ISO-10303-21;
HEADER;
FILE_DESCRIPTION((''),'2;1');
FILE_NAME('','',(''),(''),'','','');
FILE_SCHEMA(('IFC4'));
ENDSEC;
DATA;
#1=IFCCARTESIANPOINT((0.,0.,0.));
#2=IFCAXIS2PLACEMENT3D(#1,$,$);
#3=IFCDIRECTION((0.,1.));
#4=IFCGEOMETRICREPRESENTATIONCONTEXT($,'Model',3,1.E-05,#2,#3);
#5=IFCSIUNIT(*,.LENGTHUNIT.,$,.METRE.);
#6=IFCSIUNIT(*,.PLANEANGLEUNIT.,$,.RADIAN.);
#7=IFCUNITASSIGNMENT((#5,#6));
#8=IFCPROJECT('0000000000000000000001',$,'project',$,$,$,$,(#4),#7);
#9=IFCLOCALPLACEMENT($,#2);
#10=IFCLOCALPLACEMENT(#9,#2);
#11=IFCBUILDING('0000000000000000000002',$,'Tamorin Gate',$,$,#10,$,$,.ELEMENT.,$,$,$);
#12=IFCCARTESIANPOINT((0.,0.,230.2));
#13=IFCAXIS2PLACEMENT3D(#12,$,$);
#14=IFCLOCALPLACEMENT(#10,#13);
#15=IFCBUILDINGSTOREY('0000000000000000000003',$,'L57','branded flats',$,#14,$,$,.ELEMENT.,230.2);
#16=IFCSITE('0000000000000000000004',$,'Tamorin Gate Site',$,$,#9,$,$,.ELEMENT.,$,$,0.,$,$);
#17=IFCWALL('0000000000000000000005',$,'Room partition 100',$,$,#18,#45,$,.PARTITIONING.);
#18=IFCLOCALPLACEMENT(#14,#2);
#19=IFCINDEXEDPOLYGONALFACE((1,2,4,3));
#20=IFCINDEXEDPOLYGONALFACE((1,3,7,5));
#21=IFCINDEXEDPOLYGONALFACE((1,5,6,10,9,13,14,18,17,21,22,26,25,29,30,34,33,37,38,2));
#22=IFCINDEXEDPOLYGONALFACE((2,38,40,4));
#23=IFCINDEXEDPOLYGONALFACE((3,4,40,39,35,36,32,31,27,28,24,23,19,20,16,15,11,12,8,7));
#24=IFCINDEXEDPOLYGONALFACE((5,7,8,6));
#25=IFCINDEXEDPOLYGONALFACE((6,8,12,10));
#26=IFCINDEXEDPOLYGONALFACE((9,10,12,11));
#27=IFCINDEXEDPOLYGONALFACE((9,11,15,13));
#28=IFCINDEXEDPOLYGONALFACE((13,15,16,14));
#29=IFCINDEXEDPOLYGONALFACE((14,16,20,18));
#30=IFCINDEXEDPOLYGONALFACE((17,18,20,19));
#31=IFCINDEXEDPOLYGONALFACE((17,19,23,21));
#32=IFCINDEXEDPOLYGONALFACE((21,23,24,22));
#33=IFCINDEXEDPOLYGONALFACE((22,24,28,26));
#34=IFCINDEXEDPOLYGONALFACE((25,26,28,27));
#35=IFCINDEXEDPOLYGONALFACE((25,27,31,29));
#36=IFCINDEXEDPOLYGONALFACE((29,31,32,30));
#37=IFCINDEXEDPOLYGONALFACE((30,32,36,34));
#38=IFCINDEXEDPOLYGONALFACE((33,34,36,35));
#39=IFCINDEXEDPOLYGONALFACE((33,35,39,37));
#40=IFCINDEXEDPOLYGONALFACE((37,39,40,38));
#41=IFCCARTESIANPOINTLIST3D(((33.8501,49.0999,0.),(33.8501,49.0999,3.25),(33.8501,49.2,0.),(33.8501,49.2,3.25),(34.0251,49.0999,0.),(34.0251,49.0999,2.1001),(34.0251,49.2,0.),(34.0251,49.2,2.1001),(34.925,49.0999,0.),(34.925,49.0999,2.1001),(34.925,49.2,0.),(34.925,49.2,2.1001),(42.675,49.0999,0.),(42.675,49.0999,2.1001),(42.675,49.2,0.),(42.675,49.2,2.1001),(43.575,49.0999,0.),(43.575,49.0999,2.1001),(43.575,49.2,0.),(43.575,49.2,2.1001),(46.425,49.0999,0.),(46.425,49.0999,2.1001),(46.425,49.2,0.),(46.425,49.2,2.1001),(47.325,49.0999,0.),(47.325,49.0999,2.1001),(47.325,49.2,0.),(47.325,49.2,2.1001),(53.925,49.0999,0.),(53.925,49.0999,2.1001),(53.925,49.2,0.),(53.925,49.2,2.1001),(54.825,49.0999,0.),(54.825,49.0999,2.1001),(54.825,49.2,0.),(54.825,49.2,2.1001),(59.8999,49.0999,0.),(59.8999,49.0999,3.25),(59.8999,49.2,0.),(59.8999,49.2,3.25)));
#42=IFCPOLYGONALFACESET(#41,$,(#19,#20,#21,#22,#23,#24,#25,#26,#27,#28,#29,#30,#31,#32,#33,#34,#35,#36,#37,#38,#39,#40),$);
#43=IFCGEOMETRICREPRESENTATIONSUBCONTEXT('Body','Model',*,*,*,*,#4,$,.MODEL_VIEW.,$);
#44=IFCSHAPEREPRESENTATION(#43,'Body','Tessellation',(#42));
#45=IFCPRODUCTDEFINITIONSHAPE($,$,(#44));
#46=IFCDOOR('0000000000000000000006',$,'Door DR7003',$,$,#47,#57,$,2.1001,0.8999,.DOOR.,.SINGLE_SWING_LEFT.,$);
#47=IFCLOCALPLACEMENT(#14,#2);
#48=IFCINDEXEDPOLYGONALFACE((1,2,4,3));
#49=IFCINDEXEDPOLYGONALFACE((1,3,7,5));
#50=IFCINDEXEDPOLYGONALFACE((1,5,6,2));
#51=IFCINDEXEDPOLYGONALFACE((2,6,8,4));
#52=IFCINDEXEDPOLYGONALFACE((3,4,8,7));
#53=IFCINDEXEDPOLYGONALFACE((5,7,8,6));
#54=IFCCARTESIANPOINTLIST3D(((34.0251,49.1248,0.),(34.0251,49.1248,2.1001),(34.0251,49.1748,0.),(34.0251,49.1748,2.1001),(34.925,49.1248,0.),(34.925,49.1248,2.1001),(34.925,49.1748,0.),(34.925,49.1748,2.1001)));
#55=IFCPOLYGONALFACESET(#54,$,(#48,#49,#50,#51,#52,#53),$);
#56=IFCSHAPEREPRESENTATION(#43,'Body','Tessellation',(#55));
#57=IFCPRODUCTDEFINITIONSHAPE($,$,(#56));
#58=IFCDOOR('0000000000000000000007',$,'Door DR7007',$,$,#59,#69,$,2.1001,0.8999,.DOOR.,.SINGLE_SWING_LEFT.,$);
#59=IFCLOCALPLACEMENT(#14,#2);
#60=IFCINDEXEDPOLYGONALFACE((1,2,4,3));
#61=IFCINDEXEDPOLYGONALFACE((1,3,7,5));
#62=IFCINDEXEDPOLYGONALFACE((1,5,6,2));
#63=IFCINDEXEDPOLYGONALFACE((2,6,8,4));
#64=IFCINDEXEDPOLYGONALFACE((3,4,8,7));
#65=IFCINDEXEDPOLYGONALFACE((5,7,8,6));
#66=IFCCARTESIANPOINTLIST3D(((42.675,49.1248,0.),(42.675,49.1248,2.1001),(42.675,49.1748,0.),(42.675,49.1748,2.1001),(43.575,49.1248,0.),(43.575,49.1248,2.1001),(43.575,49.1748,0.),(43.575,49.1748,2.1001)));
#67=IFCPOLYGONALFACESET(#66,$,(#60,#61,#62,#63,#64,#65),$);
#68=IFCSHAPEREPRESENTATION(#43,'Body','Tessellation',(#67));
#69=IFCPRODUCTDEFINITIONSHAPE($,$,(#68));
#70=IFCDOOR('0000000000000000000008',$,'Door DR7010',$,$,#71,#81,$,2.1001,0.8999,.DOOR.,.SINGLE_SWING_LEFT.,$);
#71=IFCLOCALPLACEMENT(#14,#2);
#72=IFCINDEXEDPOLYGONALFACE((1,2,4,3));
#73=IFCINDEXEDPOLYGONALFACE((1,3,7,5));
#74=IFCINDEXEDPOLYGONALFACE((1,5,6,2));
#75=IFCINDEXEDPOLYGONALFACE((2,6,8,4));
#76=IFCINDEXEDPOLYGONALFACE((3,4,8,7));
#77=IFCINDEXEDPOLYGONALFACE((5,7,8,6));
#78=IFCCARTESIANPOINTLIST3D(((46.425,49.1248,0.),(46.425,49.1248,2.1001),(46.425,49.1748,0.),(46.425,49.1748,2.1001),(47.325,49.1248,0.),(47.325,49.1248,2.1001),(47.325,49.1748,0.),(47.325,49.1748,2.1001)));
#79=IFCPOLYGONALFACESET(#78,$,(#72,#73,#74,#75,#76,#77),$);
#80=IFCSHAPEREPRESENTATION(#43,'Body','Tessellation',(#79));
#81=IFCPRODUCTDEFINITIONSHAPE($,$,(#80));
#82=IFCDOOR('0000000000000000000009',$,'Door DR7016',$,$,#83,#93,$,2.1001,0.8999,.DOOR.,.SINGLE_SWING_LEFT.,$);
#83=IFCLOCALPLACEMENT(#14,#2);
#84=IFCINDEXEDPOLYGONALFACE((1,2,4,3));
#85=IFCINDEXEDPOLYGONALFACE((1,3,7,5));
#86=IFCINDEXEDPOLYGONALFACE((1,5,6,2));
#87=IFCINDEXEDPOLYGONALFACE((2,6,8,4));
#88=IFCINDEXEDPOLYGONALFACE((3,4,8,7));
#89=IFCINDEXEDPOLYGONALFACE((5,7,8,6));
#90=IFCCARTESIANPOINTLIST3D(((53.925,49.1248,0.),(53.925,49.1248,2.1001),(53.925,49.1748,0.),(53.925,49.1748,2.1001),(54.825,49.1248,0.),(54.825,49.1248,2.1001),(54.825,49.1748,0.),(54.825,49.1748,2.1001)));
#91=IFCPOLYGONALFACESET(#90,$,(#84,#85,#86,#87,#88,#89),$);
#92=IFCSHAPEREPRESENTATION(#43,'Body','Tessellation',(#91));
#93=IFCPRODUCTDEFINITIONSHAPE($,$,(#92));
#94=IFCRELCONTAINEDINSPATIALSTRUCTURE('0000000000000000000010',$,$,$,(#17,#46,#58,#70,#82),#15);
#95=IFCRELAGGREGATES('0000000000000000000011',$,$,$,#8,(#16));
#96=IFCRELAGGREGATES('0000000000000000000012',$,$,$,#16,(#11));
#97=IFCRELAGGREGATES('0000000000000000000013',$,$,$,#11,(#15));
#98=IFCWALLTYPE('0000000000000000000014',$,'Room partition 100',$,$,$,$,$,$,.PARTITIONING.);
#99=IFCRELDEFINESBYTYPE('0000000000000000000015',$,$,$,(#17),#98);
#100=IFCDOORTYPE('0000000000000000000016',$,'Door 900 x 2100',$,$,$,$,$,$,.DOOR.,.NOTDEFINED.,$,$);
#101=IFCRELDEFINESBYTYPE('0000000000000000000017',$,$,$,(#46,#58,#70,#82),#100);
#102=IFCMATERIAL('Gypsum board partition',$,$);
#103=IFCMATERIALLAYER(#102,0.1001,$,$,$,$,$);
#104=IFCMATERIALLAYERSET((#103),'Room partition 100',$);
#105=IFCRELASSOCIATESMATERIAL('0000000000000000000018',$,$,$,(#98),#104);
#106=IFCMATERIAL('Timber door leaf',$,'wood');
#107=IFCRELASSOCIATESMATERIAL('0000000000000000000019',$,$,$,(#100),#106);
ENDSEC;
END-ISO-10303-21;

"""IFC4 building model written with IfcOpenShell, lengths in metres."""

from ifc_helpers import new_model, si_unit, direction, frame, frame_2d, origin, place, context, subcontext, project, spatial, rectangle, extrude, material, layer, layer_set, type_object, element, fill, save


model = new_model("IFC4")

# Units and contexts
model_context = context("Model", 3, precision=1e-05, world=origin(), true_north=direction((0.0, 1.0)))
body_context = subcontext(model_context, "Body", "Model", "MODEL_VIEW")
ifc_project = project(units=[si_unit("LENGTHUNIT", "METRE"), si_unit("PLANEANGLEUNIT", "RADIAN")], contexts=[model_context])

# Site, building, storey
site_placement = place(None, origin())
site = spatial("IfcSite", under=ifc_project, at=site_placement, Name="Tamorin Gate Site", CompositionType="ELEMENT", RefElevation=0.0)
building_placement = place(site_placement, origin())
building = spatial("IfcBuilding", under=site, at=building_placement, Name="Tamorin Gate", CompositionType="ELEMENT")
storey_placement = place(building_placement, frame((0.0, 0.0, 230.2)))
storey = spatial("IfcBuildingStorey", under=building, at=storey_placement, Name="L57", Description="branded flats", CompositionType="ELEMENT", Elevation=230.2)

# Shared definitions
ifc_material_1 = material(Name="Gypsum board partition")

# Wall, openings, doors
ifc_layer_1 = layer(ifc_material_1, 0.1001)
ifc_layer_set_1 = layer_set([ifc_layer_1], Name="Room partition 100")
wall_type_1 = type_object("IfcWallType", Name="Room partition 100", PredefinedType="PARTITIONING", material=ifc_layer_set_1)
wall_1_placement = place(storey_placement, frame((33.8501, 49.1499, 0.0), z_axis=(0.0, 0.0, 1.0), x_axis=(1.0, 0.0, 0.0)))
wall_1 = element("IfcWall", 1, at=wall_1_placement, inside=storey, type_object=wall_type_1, Name="Room partition 100", PredefinedType="PARTITIONING", context=body_context, shape_type="SweptSolid", body=[
    extrude(rectangle(XDim=26.0498, YDim=0.1001, at=frame_2d((13.0249, 0.0))), origin(), (0.0, 0.0, 1.0), 3.25),
])
opening_1_placement = place(wall_1_placement, frame((0.175, 0.0, 0.0)))
opening_1 = element("IfcOpeningElement", 2, at=opening_1_placement, cuts=wall_1, PredefinedType="OPENING", context=body_context, shape_type="SweptSolid", body=[
    extrude(rectangle(XDim=0.8999, YDim=2.1001, at=frame_2d((0.45, 1.05))), frame((0.0, 0.0601, 0.0), z_axis=(0.0, -1.0, 0.0), x_axis=(1.0, 0.0, 0.0)), (0.0, 0.0, 1.0), 0.1201),
])
opening_2_placement = place(wall_1_placement, frame((8.825, 0.0, 0.0)))
opening_2 = element("IfcOpeningElement", 3, at=opening_2_placement, cuts=wall_1, PredefinedType="OPENING", context=body_context, shape_type="SweptSolid", body=[
    extrude(rectangle(XDim=0.8999, YDim=2.1001, at=frame_2d((0.45, 1.05))), frame((0.0, 0.0601, 0.0), z_axis=(0.0, -1.0, 0.0), x_axis=(1.0, 0.0, 0.0)), (0.0, 0.0, 1.0), 0.1201),
])
opening_3_placement = place(wall_1_placement, frame((12.575, 0.0, 0.0)))
opening_3 = element("IfcOpeningElement", 4, at=opening_3_placement, cuts=wall_1, PredefinedType="OPENING", context=body_context, shape_type="SweptSolid", body=[
    extrude(rectangle(XDim=0.8999, YDim=2.1001, at=frame_2d((0.45, 1.05))), frame((0.0, 0.0601, 0.0), z_axis=(0.0, -1.0, 0.0), x_axis=(1.0, 0.0, 0.0)), (0.0, 0.0, 1.0), 0.1201),
])
opening_4_placement = place(wall_1_placement, frame((20.075, 0.0, 0.0)))
opening_4 = element("IfcOpeningElement", 5, at=opening_4_placement, cuts=wall_1, PredefinedType="OPENING", context=body_context, shape_type="SweptSolid", body=[
    extrude(rectangle(XDim=0.8999, YDim=2.1001, at=frame_2d((0.45, 1.05))), frame((0.0, 0.0601, 0.0), z_axis=(0.0, -1.0, 0.0), x_axis=(1.0, 0.0, 0.0)), (0.0, 0.0, 1.0), 0.1201),
])
ifc_material_2 = material(Name="Timber door leaf", Category="wood")
door_type = type_object("IfcDoorType", Name="Door 900 x 2100", OperationType="NOTDEFINED", PredefinedType="DOOR", material=ifc_material_2)
door_1_placement = place(opening_1_placement, origin())
door_1 = element("IfcDoor", 6, at=door_1_placement, inside=storey, type_object=door_type, Name="Door DR7003", OperationType="SINGLE_SWING_LEFT", OverallHeight=2.1001, OverallWidth=0.8999, PredefinedType="DOOR", context=body_context, shape_type="SweptSolid", body=[
    extrude(rectangle(XDim=0.8999, YDim=2.1001, at=frame_2d((0.45, 1.05))), frame((0.0, 0.0249, 0.0), z_axis=(0.0, -1.0, 0.0), x_axis=(1.0, 0.0, 0.0)), (0.0, 0.0, 1.0), 0.05),
])
fill(opening_1, door_1)
door_2_placement = place(opening_2_placement, origin())
door_2 = element("IfcDoor", 7, at=door_2_placement, inside=storey, type_object=door_type, Name="Door DR7007", OperationType="SINGLE_SWING_LEFT", OverallHeight=2.1001, OverallWidth=0.8999, PredefinedType="DOOR", context=body_context, shape_type="SweptSolid", body=[
    extrude(rectangle(XDim=0.8999, YDim=2.1001, at=frame_2d((0.45, 1.05))), frame((0.0, 0.0249, 0.0), z_axis=(0.0, -1.0, 0.0), x_axis=(1.0, 0.0, 0.0)), (0.0, 0.0, 1.0), 0.05),
])
fill(opening_2, door_2)
door_3_placement = place(opening_3_placement, origin())
door_3 = element("IfcDoor", 8, at=door_3_placement, inside=storey, type_object=door_type, Name="Door DR7010", OperationType="SINGLE_SWING_LEFT", OverallHeight=2.1001, OverallWidth=0.8999, PredefinedType="DOOR", context=body_context, shape_type="SweptSolid", body=[
    extrude(rectangle(XDim=0.8999, YDim=2.1001, at=frame_2d((0.45, 1.05))), frame((0.0, 0.0249, 0.0), z_axis=(0.0, -1.0, 0.0), x_axis=(1.0, 0.0, 0.0)), (0.0, 0.0, 1.0), 0.05),
])
fill(opening_3, door_3)
door_4_placement = place(opening_4_placement, origin())
door_4 = element("IfcDoor", 9, at=door_4_placement, inside=storey, type_object=door_type, Name="Door DR7016", OperationType="SINGLE_SWING_LEFT", OverallHeight=2.1001, OverallWidth=0.8999, PredefinedType="DOOR", context=body_context, shape_type="SweptSolid", body=[
    extrude(rectangle(XDim=0.8999, YDim=2.1001, at=frame_2d((0.45, 1.05))), frame((0.0, 0.0249, 0.0), z_axis=(0.0, -1.0, 0.0), x_axis=(1.0, 0.0, 0.0)), (0.0, 0.0, 1.0), 0.05),
])
fill(opening_4, door_4)

save(model, "model.ifc")
